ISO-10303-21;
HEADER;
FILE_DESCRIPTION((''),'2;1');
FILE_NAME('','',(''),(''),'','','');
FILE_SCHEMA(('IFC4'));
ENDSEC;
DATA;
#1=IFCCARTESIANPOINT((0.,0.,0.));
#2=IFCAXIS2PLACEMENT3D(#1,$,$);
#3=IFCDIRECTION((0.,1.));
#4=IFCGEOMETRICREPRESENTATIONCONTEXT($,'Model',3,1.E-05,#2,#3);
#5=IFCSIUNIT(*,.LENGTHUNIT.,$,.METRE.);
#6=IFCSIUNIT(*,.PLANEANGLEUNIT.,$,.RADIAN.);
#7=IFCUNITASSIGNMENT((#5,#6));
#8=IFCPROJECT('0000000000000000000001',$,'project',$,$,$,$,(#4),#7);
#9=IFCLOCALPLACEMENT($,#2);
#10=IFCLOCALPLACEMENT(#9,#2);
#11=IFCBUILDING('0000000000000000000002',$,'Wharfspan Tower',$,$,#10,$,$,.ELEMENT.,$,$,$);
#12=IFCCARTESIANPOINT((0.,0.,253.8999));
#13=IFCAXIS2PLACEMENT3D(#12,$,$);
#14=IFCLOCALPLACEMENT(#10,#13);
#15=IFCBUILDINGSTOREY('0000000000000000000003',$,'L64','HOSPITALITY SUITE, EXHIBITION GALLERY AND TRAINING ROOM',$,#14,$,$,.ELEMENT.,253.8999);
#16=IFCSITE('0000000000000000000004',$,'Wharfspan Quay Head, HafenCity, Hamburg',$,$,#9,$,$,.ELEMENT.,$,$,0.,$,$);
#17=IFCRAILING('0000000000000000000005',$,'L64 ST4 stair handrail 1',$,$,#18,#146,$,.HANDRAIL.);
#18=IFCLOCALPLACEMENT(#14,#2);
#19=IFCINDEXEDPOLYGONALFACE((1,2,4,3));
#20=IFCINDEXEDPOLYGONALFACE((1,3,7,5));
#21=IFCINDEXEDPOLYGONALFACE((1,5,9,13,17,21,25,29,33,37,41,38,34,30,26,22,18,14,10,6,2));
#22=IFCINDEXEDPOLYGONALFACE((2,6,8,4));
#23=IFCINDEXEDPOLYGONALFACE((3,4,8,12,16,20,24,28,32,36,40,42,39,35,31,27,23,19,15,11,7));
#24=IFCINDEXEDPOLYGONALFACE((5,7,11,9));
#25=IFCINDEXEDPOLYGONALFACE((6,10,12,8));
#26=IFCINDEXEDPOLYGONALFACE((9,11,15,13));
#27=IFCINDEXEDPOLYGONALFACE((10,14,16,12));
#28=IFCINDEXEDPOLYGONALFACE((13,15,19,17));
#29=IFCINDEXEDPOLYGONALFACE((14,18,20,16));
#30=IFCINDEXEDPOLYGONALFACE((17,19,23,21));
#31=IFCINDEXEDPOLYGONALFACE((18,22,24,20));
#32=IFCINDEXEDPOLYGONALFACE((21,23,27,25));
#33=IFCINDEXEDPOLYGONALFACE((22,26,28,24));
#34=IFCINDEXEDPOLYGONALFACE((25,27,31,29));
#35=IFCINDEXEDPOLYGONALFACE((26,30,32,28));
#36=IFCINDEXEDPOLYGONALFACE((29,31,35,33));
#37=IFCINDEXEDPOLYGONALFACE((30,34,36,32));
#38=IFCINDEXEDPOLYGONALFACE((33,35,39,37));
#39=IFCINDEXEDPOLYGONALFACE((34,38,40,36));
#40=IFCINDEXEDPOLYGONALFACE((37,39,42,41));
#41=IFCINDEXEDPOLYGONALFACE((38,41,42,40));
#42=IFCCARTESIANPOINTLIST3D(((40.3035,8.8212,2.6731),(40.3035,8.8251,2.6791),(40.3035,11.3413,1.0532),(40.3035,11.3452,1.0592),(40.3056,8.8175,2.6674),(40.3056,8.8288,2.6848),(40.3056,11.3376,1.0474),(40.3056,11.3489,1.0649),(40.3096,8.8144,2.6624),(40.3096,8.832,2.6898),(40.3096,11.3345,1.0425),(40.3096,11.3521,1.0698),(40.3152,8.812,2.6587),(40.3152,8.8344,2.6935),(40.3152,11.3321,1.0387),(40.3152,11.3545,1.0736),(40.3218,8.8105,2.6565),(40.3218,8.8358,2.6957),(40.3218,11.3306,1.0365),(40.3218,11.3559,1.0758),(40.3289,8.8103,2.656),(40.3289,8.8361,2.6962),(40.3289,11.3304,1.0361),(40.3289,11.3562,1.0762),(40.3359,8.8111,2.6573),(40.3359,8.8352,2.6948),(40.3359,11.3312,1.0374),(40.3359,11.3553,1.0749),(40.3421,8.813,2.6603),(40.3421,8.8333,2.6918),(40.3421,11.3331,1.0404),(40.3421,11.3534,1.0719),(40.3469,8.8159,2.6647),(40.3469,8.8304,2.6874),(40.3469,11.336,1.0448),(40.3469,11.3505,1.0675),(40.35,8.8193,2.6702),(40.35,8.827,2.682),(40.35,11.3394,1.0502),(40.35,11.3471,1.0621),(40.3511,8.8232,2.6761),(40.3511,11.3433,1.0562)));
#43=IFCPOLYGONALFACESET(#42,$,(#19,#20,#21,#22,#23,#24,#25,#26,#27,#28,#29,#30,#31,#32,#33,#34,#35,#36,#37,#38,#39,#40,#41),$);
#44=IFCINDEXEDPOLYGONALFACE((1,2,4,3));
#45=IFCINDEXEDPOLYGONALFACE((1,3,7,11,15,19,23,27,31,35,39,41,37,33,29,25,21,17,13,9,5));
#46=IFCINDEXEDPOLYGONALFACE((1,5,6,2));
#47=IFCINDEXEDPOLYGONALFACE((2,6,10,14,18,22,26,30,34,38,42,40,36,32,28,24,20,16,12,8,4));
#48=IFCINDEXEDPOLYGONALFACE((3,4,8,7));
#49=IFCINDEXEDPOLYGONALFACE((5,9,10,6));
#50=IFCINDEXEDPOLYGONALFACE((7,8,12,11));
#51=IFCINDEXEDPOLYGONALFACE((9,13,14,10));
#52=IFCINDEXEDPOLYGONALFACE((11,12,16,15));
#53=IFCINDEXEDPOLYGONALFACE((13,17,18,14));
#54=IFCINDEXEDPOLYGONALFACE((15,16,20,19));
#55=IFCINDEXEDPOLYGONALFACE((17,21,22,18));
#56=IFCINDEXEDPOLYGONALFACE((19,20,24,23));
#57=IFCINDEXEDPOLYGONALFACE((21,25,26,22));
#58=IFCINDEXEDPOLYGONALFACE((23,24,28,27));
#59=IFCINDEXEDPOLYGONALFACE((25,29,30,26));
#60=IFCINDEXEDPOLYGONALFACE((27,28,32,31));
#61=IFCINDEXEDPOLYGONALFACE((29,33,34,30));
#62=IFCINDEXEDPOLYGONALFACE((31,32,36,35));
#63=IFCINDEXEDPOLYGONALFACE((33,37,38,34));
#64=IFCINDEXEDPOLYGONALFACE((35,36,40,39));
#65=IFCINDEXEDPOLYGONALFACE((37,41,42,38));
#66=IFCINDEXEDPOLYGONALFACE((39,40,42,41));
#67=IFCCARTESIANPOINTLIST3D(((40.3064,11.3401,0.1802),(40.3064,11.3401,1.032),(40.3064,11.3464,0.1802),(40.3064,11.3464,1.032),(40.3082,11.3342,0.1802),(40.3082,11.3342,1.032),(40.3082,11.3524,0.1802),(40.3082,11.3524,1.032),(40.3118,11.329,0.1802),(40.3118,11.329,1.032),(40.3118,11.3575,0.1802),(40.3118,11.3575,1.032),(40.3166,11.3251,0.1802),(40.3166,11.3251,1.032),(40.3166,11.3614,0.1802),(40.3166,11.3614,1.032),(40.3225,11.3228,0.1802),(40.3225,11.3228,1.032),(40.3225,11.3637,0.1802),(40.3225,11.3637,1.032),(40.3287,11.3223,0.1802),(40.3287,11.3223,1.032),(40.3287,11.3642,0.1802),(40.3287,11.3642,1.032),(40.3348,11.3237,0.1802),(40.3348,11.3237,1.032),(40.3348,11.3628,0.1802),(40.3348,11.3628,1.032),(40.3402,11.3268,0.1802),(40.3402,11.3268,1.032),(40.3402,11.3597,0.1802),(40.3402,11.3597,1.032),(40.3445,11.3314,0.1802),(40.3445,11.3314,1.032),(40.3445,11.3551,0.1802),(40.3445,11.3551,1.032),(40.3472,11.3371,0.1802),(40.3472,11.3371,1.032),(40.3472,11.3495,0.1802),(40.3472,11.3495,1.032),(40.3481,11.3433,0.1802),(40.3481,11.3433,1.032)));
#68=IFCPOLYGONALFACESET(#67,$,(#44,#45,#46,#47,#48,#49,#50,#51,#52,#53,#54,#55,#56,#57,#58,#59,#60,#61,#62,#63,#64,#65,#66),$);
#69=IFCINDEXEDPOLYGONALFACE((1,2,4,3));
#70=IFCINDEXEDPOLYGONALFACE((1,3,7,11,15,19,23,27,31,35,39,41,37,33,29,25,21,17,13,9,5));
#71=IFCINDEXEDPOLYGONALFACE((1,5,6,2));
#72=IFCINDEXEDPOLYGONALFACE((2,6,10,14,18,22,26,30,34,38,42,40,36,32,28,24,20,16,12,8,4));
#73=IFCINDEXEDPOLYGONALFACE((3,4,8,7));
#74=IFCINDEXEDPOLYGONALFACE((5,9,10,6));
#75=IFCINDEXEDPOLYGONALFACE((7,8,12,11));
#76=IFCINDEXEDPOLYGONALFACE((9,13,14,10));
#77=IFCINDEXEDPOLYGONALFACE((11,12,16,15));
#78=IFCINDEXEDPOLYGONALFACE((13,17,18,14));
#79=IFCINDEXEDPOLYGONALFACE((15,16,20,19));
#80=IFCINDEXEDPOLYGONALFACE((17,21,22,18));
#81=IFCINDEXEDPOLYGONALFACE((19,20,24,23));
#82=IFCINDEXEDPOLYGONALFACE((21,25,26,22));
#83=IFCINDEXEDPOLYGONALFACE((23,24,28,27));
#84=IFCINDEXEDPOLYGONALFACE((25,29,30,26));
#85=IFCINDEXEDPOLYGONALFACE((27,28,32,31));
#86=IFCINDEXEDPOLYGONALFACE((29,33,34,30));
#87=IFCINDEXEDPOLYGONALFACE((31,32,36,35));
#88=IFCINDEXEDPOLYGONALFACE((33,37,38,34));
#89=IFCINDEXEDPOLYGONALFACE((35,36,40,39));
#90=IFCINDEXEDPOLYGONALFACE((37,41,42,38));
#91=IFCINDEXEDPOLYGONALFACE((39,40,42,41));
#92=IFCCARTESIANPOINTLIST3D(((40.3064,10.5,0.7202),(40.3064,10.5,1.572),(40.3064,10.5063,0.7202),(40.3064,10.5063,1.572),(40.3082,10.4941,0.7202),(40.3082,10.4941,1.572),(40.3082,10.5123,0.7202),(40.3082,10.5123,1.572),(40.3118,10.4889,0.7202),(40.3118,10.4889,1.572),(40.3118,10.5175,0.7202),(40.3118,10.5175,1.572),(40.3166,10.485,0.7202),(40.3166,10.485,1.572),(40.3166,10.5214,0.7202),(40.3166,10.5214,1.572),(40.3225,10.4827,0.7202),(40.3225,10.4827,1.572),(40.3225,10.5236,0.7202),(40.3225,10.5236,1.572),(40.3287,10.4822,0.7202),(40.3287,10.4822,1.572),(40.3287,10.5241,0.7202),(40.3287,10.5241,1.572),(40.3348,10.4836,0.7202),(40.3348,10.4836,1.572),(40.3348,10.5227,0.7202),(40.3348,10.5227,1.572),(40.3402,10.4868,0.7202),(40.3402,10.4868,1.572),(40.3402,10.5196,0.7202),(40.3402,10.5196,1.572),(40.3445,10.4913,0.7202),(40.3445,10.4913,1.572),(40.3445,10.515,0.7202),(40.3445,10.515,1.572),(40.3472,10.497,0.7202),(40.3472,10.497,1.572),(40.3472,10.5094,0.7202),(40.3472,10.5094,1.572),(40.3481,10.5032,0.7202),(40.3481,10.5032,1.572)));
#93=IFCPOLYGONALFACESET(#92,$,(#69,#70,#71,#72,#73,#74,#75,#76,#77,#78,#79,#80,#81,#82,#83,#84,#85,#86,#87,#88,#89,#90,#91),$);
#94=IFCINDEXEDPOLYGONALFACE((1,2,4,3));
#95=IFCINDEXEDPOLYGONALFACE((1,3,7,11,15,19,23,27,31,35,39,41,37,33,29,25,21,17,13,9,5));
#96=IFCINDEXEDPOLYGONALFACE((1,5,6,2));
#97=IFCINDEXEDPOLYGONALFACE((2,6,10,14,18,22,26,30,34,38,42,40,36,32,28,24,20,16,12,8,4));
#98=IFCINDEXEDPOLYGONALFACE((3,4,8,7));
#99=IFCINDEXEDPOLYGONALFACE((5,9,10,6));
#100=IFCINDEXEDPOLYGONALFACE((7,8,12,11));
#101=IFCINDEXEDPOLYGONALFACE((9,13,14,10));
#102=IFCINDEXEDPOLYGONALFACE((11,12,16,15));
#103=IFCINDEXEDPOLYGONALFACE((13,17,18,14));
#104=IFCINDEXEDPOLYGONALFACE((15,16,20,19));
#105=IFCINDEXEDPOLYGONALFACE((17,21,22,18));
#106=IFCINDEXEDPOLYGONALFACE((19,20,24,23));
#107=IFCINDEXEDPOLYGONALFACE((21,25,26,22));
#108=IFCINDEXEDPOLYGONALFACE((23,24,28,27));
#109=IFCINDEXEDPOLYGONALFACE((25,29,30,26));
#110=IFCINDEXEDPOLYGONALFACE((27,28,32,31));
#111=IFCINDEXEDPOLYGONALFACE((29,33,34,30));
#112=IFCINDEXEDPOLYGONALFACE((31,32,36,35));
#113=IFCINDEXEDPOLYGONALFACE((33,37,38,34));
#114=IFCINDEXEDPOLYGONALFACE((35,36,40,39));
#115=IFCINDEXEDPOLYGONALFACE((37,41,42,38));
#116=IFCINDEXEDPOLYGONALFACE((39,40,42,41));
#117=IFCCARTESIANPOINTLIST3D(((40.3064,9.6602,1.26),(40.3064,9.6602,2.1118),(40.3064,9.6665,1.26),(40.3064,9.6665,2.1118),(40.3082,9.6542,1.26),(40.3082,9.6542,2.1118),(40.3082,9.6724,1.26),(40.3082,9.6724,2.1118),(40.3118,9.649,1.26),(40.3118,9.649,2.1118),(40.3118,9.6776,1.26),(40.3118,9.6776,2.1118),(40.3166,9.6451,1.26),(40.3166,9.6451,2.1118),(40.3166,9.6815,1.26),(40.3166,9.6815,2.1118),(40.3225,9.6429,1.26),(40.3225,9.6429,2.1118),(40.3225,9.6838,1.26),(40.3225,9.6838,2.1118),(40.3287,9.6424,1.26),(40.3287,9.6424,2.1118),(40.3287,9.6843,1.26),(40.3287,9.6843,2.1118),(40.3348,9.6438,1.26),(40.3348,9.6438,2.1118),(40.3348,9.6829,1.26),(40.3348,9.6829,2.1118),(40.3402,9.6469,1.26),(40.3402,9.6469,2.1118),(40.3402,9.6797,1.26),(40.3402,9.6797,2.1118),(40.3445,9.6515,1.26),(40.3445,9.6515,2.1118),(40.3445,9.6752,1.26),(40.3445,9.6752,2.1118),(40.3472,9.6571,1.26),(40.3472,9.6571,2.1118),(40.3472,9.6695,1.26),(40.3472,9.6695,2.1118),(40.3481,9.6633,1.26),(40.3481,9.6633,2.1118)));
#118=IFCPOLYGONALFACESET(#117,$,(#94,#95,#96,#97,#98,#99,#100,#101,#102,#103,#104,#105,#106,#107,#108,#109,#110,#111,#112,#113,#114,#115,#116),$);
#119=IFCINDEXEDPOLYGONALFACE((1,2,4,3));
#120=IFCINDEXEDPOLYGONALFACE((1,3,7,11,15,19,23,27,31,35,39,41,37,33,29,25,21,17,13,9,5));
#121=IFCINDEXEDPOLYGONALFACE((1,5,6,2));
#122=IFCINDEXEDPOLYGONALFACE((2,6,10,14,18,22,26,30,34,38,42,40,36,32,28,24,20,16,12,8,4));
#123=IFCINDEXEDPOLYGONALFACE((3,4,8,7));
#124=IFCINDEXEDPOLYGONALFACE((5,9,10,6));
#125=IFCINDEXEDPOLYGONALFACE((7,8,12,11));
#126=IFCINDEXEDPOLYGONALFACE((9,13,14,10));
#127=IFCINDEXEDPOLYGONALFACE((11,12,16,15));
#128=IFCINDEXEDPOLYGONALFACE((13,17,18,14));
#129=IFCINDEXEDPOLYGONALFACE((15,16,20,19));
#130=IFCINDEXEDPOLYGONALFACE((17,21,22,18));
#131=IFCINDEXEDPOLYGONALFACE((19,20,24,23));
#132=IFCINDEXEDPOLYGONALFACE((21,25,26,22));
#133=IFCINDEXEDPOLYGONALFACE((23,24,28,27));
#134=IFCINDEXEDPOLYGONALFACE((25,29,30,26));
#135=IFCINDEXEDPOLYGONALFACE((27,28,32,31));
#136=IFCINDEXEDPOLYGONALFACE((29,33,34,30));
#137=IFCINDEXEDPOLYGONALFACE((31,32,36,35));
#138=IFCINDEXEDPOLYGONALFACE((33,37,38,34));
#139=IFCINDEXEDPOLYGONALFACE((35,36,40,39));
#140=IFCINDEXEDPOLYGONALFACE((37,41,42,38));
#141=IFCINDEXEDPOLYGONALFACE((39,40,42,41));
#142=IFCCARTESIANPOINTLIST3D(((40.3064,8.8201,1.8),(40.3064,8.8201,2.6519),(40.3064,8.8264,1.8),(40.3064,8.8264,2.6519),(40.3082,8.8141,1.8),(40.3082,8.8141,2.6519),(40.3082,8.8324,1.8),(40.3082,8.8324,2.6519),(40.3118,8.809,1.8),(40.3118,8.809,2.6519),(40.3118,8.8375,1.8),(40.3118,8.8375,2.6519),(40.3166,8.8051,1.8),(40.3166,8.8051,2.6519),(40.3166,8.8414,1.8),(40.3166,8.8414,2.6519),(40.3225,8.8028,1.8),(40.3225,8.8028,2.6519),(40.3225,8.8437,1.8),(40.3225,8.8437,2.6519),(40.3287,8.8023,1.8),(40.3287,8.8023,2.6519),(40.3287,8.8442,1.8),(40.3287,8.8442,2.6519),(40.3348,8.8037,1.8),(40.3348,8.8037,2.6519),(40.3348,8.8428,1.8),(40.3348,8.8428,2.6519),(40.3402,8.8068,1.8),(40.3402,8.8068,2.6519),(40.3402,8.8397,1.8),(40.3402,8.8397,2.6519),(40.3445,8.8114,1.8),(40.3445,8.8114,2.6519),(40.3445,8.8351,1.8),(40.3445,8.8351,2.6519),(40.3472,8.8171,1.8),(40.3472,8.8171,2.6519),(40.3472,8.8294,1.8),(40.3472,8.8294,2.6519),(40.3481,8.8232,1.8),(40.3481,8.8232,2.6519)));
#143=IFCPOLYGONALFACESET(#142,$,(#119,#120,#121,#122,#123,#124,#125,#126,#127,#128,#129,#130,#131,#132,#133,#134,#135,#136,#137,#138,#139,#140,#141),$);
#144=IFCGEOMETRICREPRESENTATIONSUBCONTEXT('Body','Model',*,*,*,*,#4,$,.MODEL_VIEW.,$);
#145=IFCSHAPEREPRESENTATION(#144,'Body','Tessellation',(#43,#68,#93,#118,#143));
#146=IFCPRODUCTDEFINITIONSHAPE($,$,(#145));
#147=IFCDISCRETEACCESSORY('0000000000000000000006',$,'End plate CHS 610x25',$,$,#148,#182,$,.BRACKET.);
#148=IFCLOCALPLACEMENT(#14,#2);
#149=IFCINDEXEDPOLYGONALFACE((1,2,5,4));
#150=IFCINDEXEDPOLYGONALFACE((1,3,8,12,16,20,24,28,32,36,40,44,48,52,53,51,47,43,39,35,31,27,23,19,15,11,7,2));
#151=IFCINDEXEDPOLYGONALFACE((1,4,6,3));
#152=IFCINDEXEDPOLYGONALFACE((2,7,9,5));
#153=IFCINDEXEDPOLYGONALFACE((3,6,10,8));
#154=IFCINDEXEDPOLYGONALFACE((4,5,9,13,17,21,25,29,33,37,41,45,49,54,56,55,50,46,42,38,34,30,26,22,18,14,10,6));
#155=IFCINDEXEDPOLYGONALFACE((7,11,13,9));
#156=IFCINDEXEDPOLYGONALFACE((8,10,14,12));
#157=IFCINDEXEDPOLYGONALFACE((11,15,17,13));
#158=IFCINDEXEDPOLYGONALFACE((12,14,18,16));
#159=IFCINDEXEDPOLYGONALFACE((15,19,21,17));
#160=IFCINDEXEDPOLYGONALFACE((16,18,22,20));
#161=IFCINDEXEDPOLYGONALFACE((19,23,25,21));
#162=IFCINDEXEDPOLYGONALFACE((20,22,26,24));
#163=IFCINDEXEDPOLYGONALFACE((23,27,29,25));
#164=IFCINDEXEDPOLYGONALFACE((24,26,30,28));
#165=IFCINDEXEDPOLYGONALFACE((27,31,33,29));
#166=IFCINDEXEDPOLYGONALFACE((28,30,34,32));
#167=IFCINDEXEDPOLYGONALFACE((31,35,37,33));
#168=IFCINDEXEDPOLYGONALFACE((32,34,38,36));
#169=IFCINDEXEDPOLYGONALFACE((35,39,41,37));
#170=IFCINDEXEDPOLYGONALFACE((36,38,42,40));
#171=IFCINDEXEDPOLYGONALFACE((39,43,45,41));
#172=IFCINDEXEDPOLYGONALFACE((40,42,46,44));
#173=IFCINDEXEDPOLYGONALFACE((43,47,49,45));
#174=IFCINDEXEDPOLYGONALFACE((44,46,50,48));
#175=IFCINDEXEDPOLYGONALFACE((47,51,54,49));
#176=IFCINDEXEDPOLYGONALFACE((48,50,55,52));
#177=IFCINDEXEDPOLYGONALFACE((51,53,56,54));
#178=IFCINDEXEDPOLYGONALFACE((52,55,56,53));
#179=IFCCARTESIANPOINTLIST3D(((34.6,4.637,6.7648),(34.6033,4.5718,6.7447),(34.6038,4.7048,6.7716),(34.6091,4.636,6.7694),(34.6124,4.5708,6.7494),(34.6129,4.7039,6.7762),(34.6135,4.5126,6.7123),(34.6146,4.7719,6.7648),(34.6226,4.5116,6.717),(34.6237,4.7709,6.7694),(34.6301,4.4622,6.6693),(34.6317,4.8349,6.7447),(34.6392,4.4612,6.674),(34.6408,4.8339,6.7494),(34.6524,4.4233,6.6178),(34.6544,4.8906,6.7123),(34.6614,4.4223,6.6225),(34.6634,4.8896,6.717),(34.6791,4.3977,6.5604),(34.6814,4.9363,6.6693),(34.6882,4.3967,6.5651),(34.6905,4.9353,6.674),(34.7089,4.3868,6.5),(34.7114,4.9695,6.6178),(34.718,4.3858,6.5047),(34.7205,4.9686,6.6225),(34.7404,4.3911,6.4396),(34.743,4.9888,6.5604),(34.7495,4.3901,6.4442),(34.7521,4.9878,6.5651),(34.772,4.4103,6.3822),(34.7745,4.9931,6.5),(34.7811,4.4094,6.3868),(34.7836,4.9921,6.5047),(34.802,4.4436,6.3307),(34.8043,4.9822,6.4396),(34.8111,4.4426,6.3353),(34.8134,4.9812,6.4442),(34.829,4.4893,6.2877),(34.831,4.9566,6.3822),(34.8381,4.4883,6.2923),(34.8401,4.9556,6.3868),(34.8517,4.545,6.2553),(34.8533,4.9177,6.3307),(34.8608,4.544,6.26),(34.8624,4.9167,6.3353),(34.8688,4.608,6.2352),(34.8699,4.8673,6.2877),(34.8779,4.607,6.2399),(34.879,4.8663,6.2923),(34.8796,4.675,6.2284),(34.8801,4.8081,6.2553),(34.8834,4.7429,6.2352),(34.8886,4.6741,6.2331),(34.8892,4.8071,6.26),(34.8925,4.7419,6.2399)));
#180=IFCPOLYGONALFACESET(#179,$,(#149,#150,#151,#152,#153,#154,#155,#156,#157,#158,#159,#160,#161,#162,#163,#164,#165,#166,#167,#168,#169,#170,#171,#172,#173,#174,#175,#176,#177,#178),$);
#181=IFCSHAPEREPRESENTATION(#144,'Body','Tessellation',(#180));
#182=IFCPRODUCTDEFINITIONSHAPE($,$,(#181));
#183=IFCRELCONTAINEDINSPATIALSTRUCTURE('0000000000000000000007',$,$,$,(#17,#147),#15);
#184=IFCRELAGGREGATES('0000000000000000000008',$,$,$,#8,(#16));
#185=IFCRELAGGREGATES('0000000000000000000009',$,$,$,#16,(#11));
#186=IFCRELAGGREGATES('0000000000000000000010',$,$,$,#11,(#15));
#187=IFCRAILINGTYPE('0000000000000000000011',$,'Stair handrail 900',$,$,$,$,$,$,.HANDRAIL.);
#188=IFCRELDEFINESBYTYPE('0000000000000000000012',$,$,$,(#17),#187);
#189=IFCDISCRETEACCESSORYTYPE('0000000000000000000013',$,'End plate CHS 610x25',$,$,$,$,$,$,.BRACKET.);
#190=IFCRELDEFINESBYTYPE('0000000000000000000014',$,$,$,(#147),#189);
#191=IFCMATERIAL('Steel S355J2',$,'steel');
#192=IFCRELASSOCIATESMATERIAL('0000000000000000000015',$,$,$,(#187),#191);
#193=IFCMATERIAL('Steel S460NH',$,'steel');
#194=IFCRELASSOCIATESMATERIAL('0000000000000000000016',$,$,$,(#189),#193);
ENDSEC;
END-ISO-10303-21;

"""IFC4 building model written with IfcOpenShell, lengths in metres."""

from ifc_helpers import new_model, si_unit, direction, frame, origin, origin_2d, place, context, subcontext, project, spatial, circle, extrude, material, material_profile, profile_set, type_object, element, save


model = new_model("IFC4")

# Units and contexts
model_context = context("Model", 3, precision=1e-05, world=origin(), true_north=direction((0.0, 1.0)))
body_context = subcontext(model_context, "Body", "Model", "MODEL_VIEW")
ifc_project = project(units=[si_unit("LENGTHUNIT", "METRE"), si_unit("PLANEANGLEUNIT", "RADIAN")], contexts=[model_context])

# Site, building, storey
site_placement = place(None, origin())
site = spatial("IfcSite", under=ifc_project, at=site_placement, Name="Wharfspan Quay Head, HafenCity, Hamburg", CompositionType="ELEMENT", RefElevation=0.0)
building_placement = place(site_placement, origin())
building = spatial("IfcBuilding", under=site, at=building_placement, Name="Wharfspan Tower", CompositionType="ELEMENT")
storey_placement = place(building_placement, frame((0.0, 0.0, 253.8999)))
storey = spatial("IfcBuildingStorey", under=building, at=storey_placement, Name="L64", Description="HOSPITALITY SUITE, EXHIBITION GALLERY AND TRAINING ROOM", CompositionType="ELEMENT", Elevation=253.8999)

# Shared definitions
ifc_material_1 = material(Name="Steel S355J2", Category="steel")

# Railing
railing_type_1 = type_object("IfcRailingType", Name="Stair handrail 900", PredefinedType="HANDRAIL", material=ifc_material_1)
railing_1_placement = place(storey_placement, frame((40.3271, 11.3433, 0.1802)))
element("IfcRailing", 1, at=railing_1_placement, inside=storey, type_object=railing_type_1, Name="L64 ST4 stair handrail 1", PredefinedType="HANDRAIL", context=body_context, shape_type="SweptSolid", body=[
    extrude(circle(Radius=0.0239, at=origin_2d()), frame((0.0, 0.0, 0.876), z_axis=(0.0, -0.8412, 0.540725), x_axis=(1.0, 0.0, 0.0)), (0.0, 0.0, 1.0), 2.9958),
    extrude(circle(Radius=0.021, at=origin_2d()), origin(), (0.0, 0.0, 1.0), 0.8518),
    extrude(circle(Radius=0.021, at=origin_2d()), frame((0.0, -0.8401, 0.54)), (0.0, 0.0, 1.0), 0.8518),
    extrude(circle(Radius=0.021, at=origin_2d()), frame((0.0, -1.6799, 1.0798)), (0.0, 0.0, 1.0), 0.8518),
    extrude(circle(Radius=0.021, at=origin_2d()), frame((0.0, -2.52, 1.6199)), (0.0, 0.0, 1.0), 0.8518),
])

# Discrete accessory
ifc_material_2 = material(Name="Steel S460NH", Category="steel")
ifc_material_profile_1 = material_profile(ifc_material_2, circle(Radius=0.3049, at=origin_2d()))
ifc_profile_set_1 = profile_set([ifc_material_profile_1], Name="Steel S460NH")
discrete_accessory_type = type_object("IfcDiscreteAccessoryType", Name="End plate CHS 610x25", PredefinedType="BRACKET", material=ifc_profile_set_1)
discrete_accessory_placement = place(storey_placement, frame((34.7417, 4.6899, 6.5), z_axis=(0.885482, -0.095728, 0.454707), x_axis=(0.107482, 0.994211, 0.000001)))
element("IfcDiscreteAccessory", 2, at=discrete_accessory_placement, inside=storey, type_object=discrete_accessory_type, Name="End plate CHS 610x25", PredefinedType="BRACKET", context=body_context, shape_type="SweptSolid", body=[
    extrude(circle(Radius=0.3049, at=origin_2d()), origin(), (0.0, 0.0, 1.0), 0.0103),
])

save(model, "model.ifc")
